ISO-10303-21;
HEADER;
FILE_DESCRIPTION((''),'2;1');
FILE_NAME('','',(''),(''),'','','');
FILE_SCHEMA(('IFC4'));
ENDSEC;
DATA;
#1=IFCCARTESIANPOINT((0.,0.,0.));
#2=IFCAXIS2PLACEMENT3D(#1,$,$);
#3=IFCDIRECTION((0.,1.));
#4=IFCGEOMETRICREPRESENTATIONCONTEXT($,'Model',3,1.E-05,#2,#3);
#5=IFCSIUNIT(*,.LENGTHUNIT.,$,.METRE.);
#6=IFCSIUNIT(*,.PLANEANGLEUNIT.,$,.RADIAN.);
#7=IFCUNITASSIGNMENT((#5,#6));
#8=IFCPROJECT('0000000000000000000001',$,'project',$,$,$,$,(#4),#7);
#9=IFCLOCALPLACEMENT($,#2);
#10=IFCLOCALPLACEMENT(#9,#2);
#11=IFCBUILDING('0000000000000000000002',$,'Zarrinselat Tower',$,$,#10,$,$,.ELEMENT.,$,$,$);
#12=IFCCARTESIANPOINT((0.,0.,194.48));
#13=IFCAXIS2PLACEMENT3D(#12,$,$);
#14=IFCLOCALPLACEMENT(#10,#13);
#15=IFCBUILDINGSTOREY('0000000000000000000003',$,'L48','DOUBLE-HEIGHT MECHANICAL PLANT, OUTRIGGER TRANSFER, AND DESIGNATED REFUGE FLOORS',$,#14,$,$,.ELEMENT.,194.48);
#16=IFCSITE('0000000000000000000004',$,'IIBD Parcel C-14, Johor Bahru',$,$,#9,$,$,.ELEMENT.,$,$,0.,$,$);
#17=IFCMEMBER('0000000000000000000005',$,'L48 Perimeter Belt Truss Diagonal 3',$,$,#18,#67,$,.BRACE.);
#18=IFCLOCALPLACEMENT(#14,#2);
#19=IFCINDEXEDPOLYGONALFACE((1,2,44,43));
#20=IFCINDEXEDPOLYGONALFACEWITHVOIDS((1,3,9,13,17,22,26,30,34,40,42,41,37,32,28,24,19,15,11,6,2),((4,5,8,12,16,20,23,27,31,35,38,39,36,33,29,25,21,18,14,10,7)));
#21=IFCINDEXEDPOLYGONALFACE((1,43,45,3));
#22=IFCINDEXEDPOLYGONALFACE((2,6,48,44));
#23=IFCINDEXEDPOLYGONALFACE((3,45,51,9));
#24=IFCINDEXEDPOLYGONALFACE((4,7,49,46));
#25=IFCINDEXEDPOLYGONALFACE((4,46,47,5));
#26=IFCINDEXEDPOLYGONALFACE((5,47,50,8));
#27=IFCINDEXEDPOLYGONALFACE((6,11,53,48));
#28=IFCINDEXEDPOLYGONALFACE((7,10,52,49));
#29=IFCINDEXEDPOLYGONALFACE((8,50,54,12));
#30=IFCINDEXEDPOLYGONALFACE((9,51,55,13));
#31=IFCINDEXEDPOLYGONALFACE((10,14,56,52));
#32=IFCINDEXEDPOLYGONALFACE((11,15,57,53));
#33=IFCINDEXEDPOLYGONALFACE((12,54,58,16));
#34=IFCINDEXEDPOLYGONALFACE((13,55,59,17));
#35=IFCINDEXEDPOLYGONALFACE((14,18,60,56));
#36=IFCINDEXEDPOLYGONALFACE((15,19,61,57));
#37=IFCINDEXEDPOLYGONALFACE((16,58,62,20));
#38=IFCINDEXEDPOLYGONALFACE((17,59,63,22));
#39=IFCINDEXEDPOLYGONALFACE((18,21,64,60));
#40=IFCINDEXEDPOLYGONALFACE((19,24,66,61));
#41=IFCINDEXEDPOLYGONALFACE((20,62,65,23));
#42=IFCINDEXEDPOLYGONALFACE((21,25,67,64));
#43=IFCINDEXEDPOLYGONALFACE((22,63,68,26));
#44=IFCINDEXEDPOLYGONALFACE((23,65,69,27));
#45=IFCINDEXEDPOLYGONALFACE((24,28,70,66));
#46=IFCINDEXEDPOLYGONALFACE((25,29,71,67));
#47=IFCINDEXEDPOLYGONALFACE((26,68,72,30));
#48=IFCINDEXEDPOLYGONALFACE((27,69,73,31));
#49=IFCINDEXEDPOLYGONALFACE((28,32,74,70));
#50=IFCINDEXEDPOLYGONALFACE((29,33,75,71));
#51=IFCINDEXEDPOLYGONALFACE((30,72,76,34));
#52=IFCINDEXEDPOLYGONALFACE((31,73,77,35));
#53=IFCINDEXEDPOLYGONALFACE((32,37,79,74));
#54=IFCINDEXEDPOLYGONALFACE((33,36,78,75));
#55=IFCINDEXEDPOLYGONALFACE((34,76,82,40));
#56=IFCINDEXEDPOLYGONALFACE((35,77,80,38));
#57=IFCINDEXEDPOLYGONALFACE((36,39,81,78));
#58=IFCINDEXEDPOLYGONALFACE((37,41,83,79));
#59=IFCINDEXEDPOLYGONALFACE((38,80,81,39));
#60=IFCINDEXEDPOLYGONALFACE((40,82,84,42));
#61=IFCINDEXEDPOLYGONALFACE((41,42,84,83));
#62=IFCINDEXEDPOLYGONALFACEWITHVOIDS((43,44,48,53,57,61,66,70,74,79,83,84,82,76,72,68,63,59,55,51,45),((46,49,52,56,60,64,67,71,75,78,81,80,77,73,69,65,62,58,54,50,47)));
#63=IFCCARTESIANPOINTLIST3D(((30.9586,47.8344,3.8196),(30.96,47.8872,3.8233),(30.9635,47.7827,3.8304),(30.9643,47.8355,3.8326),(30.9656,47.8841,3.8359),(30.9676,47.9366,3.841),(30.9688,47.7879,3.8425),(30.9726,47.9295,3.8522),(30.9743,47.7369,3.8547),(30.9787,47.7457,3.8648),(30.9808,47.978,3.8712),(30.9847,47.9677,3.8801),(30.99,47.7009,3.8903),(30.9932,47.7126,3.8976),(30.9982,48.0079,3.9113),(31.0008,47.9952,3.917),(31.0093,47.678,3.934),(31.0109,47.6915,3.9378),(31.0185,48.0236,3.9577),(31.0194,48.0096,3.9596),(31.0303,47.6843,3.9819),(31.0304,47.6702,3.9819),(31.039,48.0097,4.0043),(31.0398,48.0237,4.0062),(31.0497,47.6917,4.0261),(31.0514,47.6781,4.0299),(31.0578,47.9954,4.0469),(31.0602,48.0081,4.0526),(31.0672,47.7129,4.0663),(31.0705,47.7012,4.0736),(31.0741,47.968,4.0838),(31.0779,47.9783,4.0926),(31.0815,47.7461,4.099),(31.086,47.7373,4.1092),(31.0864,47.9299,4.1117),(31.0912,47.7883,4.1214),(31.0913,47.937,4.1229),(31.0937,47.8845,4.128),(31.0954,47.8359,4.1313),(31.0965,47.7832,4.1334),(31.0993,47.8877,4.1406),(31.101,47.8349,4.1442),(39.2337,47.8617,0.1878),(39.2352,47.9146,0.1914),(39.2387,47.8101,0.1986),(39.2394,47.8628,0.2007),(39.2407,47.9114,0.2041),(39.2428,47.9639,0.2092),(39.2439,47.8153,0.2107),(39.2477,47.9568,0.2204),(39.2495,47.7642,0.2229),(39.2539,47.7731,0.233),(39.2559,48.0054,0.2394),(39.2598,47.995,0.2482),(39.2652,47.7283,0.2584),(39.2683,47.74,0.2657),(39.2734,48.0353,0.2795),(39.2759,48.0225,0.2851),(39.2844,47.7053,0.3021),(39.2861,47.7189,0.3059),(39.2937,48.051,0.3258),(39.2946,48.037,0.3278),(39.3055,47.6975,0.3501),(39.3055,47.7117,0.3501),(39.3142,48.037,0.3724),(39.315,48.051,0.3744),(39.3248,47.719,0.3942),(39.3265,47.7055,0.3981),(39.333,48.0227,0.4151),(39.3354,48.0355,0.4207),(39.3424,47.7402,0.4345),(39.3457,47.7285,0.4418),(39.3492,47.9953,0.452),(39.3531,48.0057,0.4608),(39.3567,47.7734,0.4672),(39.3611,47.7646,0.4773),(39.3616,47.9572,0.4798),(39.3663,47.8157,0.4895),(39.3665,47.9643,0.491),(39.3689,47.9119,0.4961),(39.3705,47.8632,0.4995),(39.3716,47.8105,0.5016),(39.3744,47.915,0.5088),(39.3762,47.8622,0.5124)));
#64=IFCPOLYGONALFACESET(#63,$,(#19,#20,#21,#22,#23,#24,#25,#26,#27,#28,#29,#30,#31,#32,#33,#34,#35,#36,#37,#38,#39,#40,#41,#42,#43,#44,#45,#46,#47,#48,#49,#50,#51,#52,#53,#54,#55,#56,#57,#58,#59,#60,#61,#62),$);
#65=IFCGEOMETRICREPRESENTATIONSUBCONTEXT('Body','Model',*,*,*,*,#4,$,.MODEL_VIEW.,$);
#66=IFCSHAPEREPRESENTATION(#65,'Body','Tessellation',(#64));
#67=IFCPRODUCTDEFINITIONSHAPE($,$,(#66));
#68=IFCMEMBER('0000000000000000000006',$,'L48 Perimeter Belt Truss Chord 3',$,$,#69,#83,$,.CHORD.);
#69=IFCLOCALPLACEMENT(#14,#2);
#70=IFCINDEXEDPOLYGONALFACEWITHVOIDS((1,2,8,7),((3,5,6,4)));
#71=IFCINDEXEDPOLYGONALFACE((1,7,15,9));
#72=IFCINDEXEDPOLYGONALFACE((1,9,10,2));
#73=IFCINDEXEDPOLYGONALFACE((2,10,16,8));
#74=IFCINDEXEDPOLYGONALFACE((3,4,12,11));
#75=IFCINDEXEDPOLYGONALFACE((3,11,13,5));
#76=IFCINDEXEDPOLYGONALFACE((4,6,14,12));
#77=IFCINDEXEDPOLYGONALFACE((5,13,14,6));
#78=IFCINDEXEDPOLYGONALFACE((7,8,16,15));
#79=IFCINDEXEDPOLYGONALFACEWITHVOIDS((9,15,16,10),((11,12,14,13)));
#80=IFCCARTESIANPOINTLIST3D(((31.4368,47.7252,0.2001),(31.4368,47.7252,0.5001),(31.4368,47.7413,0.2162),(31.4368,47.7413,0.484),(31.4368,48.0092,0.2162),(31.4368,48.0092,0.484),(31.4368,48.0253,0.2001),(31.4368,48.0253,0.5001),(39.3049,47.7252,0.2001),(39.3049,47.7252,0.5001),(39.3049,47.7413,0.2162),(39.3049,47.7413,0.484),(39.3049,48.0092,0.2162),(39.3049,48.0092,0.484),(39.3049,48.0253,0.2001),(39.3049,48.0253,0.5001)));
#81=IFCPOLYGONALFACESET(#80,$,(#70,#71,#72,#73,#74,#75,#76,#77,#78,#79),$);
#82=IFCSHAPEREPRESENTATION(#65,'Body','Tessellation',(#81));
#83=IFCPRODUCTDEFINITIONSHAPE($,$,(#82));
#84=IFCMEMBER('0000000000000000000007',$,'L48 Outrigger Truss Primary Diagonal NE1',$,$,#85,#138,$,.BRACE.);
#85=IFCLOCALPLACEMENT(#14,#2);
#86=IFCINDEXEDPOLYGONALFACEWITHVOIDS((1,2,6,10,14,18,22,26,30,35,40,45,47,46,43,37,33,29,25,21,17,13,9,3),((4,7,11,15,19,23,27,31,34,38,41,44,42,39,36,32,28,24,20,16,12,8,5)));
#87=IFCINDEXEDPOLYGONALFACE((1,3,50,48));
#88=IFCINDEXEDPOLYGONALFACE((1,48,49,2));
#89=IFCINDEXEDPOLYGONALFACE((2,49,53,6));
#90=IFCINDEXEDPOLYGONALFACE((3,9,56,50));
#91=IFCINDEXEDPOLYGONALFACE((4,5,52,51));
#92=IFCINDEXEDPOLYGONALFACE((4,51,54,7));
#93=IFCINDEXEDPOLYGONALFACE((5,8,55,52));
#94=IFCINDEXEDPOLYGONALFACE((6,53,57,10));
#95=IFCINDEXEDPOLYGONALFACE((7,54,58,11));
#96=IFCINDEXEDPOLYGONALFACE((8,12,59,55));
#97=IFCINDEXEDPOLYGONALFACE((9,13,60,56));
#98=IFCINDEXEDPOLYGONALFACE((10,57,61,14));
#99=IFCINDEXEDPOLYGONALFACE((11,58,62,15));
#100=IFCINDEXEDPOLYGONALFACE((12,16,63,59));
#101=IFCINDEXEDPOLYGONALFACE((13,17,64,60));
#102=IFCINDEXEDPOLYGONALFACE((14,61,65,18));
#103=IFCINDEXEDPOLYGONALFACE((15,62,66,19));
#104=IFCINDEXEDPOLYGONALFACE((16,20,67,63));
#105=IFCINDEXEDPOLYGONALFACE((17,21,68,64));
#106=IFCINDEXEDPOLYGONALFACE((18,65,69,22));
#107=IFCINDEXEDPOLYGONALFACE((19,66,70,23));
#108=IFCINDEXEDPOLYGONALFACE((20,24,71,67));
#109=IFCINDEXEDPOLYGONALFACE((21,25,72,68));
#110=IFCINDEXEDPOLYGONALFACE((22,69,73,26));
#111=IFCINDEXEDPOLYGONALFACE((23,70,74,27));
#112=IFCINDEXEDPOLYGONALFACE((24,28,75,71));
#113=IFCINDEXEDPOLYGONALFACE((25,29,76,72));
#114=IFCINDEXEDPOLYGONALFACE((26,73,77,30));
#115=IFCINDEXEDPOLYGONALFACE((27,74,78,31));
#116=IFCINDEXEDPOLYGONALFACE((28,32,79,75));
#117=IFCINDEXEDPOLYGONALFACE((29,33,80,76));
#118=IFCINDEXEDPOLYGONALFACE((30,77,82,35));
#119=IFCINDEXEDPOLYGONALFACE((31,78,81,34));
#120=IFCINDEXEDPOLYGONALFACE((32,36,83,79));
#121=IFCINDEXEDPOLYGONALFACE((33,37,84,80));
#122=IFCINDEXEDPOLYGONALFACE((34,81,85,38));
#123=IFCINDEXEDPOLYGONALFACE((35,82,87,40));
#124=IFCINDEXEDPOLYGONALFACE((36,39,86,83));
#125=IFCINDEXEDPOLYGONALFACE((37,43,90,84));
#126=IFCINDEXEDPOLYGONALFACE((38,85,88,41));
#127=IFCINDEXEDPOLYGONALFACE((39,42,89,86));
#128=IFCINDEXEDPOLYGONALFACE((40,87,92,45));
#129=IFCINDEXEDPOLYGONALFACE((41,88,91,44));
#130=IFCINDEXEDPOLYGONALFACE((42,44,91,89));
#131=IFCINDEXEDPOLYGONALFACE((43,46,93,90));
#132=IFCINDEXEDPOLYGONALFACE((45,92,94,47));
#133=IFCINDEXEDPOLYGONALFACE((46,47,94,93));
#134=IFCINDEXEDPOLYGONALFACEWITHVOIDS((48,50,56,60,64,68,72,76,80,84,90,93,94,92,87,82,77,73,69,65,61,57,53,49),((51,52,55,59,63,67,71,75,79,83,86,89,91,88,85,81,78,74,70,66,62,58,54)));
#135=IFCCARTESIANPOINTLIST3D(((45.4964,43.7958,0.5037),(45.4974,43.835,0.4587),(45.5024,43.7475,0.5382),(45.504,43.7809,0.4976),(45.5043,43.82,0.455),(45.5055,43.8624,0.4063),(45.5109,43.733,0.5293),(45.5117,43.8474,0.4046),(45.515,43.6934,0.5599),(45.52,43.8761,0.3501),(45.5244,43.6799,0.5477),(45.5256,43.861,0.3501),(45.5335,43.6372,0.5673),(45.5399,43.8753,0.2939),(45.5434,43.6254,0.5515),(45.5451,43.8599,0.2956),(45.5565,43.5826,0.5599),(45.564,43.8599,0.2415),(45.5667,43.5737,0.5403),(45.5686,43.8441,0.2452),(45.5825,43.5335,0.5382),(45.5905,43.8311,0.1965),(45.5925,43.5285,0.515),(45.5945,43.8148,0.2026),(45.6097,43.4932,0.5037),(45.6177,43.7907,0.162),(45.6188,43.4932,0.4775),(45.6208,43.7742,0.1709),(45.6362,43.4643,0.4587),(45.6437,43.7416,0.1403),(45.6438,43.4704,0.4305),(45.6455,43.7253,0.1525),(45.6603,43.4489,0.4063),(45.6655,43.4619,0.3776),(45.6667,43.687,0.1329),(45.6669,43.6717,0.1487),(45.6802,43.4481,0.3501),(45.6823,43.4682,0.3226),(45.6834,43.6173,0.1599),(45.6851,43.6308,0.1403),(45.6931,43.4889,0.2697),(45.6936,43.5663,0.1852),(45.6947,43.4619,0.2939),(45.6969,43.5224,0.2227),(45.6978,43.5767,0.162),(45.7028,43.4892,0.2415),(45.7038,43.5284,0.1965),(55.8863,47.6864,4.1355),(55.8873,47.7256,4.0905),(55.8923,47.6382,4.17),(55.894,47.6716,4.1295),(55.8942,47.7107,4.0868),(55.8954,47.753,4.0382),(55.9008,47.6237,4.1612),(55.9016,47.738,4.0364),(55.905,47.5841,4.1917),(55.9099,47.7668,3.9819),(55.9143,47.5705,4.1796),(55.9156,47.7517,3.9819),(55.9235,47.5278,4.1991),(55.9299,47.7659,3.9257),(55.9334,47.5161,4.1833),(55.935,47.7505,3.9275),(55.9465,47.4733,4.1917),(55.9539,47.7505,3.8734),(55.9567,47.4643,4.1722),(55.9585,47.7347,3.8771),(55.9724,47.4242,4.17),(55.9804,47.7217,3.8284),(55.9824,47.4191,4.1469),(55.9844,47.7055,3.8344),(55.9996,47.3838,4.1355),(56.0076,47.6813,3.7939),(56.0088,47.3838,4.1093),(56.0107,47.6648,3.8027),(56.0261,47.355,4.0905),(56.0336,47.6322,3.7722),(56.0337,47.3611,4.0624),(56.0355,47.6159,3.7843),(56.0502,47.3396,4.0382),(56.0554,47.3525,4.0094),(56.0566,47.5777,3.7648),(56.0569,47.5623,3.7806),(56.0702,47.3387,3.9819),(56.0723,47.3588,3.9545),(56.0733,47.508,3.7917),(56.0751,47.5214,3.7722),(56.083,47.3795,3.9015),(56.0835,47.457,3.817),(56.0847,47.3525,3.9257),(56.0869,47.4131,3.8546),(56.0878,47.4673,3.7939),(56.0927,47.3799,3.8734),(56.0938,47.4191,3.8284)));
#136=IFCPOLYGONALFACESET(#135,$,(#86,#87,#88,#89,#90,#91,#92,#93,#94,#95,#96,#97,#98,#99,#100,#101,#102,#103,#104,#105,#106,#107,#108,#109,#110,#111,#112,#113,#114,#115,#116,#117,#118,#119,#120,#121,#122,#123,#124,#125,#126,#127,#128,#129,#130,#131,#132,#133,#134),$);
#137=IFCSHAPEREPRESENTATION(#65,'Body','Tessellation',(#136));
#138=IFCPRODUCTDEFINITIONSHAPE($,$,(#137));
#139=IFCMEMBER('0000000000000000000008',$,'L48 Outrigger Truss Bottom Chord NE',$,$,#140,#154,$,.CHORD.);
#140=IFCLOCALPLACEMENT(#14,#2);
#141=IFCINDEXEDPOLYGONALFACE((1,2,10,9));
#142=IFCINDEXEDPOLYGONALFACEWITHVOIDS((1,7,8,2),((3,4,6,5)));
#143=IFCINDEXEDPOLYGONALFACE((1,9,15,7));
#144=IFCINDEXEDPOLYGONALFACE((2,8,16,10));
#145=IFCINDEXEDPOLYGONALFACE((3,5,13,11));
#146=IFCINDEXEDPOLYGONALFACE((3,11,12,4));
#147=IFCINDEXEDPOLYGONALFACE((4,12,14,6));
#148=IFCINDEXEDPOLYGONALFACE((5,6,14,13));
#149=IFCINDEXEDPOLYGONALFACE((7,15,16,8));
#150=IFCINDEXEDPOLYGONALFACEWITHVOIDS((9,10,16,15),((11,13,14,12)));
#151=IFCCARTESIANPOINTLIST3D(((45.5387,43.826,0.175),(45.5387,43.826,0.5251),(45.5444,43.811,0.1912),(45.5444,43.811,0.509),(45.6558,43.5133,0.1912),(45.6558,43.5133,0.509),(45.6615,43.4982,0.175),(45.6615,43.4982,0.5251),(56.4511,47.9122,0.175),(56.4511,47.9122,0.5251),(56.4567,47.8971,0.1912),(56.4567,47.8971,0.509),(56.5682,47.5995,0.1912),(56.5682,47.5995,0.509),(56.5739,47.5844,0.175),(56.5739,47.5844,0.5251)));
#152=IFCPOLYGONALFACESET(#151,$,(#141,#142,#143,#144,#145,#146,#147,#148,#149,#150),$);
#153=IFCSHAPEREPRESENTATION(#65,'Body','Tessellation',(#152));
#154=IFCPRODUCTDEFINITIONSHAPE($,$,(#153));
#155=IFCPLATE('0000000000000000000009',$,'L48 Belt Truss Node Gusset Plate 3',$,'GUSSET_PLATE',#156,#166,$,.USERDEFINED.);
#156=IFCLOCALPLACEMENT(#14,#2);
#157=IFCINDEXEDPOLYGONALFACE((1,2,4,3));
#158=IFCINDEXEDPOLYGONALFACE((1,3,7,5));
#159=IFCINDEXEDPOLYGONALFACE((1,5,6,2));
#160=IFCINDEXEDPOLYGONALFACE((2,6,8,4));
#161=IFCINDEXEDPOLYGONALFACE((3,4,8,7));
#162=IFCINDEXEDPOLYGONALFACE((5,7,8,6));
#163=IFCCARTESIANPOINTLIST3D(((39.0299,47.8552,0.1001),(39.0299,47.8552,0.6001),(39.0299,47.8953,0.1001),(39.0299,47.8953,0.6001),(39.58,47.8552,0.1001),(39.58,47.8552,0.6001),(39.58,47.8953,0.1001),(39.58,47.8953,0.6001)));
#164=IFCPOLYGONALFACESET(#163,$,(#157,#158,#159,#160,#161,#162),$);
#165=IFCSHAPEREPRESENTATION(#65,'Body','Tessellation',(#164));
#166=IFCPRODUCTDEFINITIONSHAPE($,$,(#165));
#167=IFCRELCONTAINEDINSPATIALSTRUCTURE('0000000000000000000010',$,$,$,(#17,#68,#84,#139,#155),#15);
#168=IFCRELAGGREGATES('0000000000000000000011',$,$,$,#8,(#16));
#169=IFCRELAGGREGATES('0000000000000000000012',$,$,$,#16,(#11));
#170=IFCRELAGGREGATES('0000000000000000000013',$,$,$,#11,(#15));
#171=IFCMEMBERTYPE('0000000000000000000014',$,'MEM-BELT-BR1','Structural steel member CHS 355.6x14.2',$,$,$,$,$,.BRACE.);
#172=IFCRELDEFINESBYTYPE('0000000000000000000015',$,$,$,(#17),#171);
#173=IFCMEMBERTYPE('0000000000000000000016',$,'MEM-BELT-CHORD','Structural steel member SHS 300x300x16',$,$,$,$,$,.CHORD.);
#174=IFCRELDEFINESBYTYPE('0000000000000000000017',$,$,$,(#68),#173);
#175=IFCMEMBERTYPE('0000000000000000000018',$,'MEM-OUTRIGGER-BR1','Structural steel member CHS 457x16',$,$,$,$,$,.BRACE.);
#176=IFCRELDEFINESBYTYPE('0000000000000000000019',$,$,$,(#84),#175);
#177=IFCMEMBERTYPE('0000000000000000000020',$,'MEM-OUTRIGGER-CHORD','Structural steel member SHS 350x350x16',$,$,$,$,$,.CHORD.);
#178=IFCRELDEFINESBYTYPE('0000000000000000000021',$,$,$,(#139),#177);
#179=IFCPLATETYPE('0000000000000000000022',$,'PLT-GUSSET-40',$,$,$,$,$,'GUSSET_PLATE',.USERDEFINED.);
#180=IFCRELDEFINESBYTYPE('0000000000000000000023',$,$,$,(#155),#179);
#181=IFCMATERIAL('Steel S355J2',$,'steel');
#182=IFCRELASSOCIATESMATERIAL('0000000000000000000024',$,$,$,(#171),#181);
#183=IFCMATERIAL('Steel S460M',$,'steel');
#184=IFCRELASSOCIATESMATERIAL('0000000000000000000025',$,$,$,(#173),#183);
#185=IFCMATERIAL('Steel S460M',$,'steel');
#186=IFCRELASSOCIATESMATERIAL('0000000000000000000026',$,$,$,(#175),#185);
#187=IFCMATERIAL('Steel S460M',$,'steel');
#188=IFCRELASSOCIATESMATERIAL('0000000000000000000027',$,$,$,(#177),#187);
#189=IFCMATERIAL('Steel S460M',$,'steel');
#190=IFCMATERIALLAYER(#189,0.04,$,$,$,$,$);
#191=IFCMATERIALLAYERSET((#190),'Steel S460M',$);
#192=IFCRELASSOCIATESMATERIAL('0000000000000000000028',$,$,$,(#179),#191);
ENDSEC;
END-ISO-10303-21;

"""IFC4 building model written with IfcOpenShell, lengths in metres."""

from ifc_helpers import new_model, si_unit, direction, frame, origin, origin_2d, place, context, subcontext, project, spatial, rectangle, hollow_rectangle, hollow_circle, extrude, material, layer, layer_set, material_profile, profile_set, type_object, element, save


model = new_model("IFC4")

# Units and contexts
model_context = context("Model", 3, precision=1e-05, world=origin(), true_north=direction((0.0, 1.0)))
body_context = subcontext(model_context, "Body", "Model", "MODEL_VIEW")
ifc_project = project(units=[si_unit("LENGTHUNIT", "METRE"), si_unit("PLANEANGLEUNIT", "RADIAN")], contexts=[model_context])

# Site, building, storey
site_placement = place(None, origin())
site = spatial("IfcSite", under=ifc_project, at=site_placement, Name="IIBD Parcel C-14, Johor Bahru", CompositionType="ELEMENT", RefElevation=0.0)
building_placement = place(site_placement, origin())
building = spatial("IfcBuilding", under=site, at=building_placement, Name="Zarrinselat Tower", CompositionType="ELEMENT")
storey_placement = place(building_placement, frame((0.0, 0.0, 194.48)))
storey = spatial("IfcBuildingStorey", under=building, at=storey_placement, Name="L48", Description="DOUBLE-HEIGHT MECHANICAL PLANT, OUTRIGGER TRANSFER, AND DESIGNATED REFUGE FLOORS", CompositionType="ELEMENT", Elevation=194.48)

# Members
ifc_material_1 = material(Name="Steel S355J2", Category="steel")
ifc_material_profile_1 = material_profile(ifc_material_1, hollow_circle(Radius=0.1777, WallThickness=0.0142, at=origin_2d()), Name="CHS 355.6x14.2")
ifc_profile_set_1 = profile_set([ifc_material_profile_1], Name="Steel S355J2")
member_type_1 = type_object("IfcMemberType", Name="MEM-BELT-BR1", Description="Structural steel member CHS 355.6x14.2", PredefinedType="BRACE", material=ifc_profile_set_1)
member_1_placement = place(storey_placement, frame((39.3049, 47.8752, 0.3501), z_axis=(-0.915687, -0.003026, 0.401881), x_axis=(0.003304, -0.999995, 0.0)))
element("IfcMember", 1, at=member_1_placement, inside=storey, type_object=member_type_1, Name="L48 Perimeter Belt Truss Diagonal 3", PredefinedType="BRACE", context=body_context, shape_type="SweptSolid", body=[
    extrude(hollow_circle(Radius=0.1777, WallThickness=0.0142, at=origin_2d()), origin(), (0.0, 0.0, 1.0), 9.0371),
])
ifc_material_2 = material(Name="Steel S460M", Category="steel")
ifc_material_profile_2 = material_profile(ifc_material_2, hollow_rectangle(XDim=0.3, YDim=0.3, WallThickness=0.0161, at=origin_2d()), Name="SHS 300x300x16")
ifc_profile_set_2 = profile_set([ifc_material_profile_2], Name="Steel S460M")
member_type_2 = type_object("IfcMemberType", Name="MEM-BELT-CHORD", Description="Structural steel member SHS 300x300x16", PredefinedType="CHORD", material=ifc_profile_set_2)
member_2_placement = place(storey_placement, frame((39.3049, 47.8752, 0.3501), z_axis=(-1.0, 0.0, 0.0), x_axis=(0.0, -1.0, 0.0)))
element("IfcMember", 2, at=member_2_placement, inside=storey, type_object=member_type_2, Name="L48 Perimeter Belt Truss Chord 3", PredefinedType="CHORD", context=body_context, shape_type="SweptSolid", body=[
    extrude(hollow_rectangle(XDim=0.3, YDim=0.3, WallThickness=0.0161, at=origin_2d()), origin(), (0.0, 0.0, 1.0), 7.8682),
])
ifc_material_3 = material(Name="Steel S460M", Category="steel")
ifc_material_profile_3 = material_profile(ifc_material_3, hollow_circle(Radius=0.2285, WallThickness=0.0161, at=origin_2d()), Name="CHS 457x16")
ifc_profile_set_3 = profile_set([ifc_material_profile_3], Name="Steel S460M")
member_type_3 = type_object("IfcMemberType", Name="MEM-OUTRIGGER-BR1", Description="Structural steel member CHS 457x16", PredefinedType="BRACE", material=ifc_profile_set_3)
member_3_placement = place(storey_placement, frame((45.6001, 43.6621, 0.3501), z_axis=(0.89002, 0.333279, 0.311111), x_axis=(-0.350682, 0.936495, 0.0)))
element("IfcMember", 3, at=member_3_placement, inside=storey, type_object=member_type_3, Name="L48 Outrigger Truss Primary Diagonal NE1", PredefinedType="BRACE", context=body_context, shape_type="SweptSolid", body=[
    extrude(hollow_circle(Radius=0.2285, WallThickness=0.0161, at=origin_2d()), origin(), (0.0, 0.0, 1.0), 11.6738),
])
ifc_material_4 = material(Name="Steel S460M", Category="steel")
ifc_material_profile_4 = material_profile(ifc_material_4, hollow_rectangle(XDim=0.3501, YDim=0.3501, WallThickness=0.0161, at=origin_2d()), Name="SHS 350x350x16")
ifc_profile_set_4 = profile_set([ifc_material_profile_4], Name="Steel S460M")
member_type_4 = type_object("IfcMemberType", Name="MEM-OUTRIGGER-CHORD", Description="Structural steel member SHS 350x350x16", PredefinedType="CHORD", material=ifc_profile_set_4)
member_4_placement = place(storey_placement, frame((45.6001, 43.6621, 0.3501), z_axis=(0.936497, 0.350676, 0.0), x_axis=(-0.350676, 0.936497, 0.0)))
element("IfcMember", 4, at=member_4_placement, inside=storey, type_object=member_type_4, Name="L48 Outrigger Truss Bottom Chord NE", PredefinedType="CHORD", context=body_context, shape_type="SweptSolid", body=[
    extrude(hollow_rectangle(XDim=0.3501, YDim=0.3501, WallThickness=0.0161, at=origin_2d()), origin(), (0.0, 0.0, 1.0), 11.6523),
])

# Plate
ifc_material_5 = material(Name="Steel S460M", Category="steel")
ifc_layer_1 = layer(ifc_material_5, 0.04)
ifc_layer_set_1 = layer_set([ifc_layer_1], Name="Steel S460M")
plate_type = type_object("IfcPlateType", Name="PLT-GUSSET-40", ElementType="GUSSET_PLATE", PredefinedType="USERDEFINED", material=ifc_layer_set_1)
plate_placement = place(storey_placement, frame((39.3049, 47.8752, 0.1001), z_axis=(0.0, 0.0, 1.0), x_axis=(-1.0, 0.0, 0.0)))
element("IfcPlate", 5, at=plate_placement, inside=storey, type_object=plate_type, Name="L48 Belt Truss Node Gusset Plate 3", ObjectType="GUSSET_PLATE", PredefinedType="USERDEFINED", context=body_context, shape_type="SweptSolid", body=[
    extrude(rectangle(XDim=0.55, YDim=0.04, at=origin_2d()), origin(), (0.0, 0.0, 1.0), 0.5),
])

save(model, "model.ifc")
